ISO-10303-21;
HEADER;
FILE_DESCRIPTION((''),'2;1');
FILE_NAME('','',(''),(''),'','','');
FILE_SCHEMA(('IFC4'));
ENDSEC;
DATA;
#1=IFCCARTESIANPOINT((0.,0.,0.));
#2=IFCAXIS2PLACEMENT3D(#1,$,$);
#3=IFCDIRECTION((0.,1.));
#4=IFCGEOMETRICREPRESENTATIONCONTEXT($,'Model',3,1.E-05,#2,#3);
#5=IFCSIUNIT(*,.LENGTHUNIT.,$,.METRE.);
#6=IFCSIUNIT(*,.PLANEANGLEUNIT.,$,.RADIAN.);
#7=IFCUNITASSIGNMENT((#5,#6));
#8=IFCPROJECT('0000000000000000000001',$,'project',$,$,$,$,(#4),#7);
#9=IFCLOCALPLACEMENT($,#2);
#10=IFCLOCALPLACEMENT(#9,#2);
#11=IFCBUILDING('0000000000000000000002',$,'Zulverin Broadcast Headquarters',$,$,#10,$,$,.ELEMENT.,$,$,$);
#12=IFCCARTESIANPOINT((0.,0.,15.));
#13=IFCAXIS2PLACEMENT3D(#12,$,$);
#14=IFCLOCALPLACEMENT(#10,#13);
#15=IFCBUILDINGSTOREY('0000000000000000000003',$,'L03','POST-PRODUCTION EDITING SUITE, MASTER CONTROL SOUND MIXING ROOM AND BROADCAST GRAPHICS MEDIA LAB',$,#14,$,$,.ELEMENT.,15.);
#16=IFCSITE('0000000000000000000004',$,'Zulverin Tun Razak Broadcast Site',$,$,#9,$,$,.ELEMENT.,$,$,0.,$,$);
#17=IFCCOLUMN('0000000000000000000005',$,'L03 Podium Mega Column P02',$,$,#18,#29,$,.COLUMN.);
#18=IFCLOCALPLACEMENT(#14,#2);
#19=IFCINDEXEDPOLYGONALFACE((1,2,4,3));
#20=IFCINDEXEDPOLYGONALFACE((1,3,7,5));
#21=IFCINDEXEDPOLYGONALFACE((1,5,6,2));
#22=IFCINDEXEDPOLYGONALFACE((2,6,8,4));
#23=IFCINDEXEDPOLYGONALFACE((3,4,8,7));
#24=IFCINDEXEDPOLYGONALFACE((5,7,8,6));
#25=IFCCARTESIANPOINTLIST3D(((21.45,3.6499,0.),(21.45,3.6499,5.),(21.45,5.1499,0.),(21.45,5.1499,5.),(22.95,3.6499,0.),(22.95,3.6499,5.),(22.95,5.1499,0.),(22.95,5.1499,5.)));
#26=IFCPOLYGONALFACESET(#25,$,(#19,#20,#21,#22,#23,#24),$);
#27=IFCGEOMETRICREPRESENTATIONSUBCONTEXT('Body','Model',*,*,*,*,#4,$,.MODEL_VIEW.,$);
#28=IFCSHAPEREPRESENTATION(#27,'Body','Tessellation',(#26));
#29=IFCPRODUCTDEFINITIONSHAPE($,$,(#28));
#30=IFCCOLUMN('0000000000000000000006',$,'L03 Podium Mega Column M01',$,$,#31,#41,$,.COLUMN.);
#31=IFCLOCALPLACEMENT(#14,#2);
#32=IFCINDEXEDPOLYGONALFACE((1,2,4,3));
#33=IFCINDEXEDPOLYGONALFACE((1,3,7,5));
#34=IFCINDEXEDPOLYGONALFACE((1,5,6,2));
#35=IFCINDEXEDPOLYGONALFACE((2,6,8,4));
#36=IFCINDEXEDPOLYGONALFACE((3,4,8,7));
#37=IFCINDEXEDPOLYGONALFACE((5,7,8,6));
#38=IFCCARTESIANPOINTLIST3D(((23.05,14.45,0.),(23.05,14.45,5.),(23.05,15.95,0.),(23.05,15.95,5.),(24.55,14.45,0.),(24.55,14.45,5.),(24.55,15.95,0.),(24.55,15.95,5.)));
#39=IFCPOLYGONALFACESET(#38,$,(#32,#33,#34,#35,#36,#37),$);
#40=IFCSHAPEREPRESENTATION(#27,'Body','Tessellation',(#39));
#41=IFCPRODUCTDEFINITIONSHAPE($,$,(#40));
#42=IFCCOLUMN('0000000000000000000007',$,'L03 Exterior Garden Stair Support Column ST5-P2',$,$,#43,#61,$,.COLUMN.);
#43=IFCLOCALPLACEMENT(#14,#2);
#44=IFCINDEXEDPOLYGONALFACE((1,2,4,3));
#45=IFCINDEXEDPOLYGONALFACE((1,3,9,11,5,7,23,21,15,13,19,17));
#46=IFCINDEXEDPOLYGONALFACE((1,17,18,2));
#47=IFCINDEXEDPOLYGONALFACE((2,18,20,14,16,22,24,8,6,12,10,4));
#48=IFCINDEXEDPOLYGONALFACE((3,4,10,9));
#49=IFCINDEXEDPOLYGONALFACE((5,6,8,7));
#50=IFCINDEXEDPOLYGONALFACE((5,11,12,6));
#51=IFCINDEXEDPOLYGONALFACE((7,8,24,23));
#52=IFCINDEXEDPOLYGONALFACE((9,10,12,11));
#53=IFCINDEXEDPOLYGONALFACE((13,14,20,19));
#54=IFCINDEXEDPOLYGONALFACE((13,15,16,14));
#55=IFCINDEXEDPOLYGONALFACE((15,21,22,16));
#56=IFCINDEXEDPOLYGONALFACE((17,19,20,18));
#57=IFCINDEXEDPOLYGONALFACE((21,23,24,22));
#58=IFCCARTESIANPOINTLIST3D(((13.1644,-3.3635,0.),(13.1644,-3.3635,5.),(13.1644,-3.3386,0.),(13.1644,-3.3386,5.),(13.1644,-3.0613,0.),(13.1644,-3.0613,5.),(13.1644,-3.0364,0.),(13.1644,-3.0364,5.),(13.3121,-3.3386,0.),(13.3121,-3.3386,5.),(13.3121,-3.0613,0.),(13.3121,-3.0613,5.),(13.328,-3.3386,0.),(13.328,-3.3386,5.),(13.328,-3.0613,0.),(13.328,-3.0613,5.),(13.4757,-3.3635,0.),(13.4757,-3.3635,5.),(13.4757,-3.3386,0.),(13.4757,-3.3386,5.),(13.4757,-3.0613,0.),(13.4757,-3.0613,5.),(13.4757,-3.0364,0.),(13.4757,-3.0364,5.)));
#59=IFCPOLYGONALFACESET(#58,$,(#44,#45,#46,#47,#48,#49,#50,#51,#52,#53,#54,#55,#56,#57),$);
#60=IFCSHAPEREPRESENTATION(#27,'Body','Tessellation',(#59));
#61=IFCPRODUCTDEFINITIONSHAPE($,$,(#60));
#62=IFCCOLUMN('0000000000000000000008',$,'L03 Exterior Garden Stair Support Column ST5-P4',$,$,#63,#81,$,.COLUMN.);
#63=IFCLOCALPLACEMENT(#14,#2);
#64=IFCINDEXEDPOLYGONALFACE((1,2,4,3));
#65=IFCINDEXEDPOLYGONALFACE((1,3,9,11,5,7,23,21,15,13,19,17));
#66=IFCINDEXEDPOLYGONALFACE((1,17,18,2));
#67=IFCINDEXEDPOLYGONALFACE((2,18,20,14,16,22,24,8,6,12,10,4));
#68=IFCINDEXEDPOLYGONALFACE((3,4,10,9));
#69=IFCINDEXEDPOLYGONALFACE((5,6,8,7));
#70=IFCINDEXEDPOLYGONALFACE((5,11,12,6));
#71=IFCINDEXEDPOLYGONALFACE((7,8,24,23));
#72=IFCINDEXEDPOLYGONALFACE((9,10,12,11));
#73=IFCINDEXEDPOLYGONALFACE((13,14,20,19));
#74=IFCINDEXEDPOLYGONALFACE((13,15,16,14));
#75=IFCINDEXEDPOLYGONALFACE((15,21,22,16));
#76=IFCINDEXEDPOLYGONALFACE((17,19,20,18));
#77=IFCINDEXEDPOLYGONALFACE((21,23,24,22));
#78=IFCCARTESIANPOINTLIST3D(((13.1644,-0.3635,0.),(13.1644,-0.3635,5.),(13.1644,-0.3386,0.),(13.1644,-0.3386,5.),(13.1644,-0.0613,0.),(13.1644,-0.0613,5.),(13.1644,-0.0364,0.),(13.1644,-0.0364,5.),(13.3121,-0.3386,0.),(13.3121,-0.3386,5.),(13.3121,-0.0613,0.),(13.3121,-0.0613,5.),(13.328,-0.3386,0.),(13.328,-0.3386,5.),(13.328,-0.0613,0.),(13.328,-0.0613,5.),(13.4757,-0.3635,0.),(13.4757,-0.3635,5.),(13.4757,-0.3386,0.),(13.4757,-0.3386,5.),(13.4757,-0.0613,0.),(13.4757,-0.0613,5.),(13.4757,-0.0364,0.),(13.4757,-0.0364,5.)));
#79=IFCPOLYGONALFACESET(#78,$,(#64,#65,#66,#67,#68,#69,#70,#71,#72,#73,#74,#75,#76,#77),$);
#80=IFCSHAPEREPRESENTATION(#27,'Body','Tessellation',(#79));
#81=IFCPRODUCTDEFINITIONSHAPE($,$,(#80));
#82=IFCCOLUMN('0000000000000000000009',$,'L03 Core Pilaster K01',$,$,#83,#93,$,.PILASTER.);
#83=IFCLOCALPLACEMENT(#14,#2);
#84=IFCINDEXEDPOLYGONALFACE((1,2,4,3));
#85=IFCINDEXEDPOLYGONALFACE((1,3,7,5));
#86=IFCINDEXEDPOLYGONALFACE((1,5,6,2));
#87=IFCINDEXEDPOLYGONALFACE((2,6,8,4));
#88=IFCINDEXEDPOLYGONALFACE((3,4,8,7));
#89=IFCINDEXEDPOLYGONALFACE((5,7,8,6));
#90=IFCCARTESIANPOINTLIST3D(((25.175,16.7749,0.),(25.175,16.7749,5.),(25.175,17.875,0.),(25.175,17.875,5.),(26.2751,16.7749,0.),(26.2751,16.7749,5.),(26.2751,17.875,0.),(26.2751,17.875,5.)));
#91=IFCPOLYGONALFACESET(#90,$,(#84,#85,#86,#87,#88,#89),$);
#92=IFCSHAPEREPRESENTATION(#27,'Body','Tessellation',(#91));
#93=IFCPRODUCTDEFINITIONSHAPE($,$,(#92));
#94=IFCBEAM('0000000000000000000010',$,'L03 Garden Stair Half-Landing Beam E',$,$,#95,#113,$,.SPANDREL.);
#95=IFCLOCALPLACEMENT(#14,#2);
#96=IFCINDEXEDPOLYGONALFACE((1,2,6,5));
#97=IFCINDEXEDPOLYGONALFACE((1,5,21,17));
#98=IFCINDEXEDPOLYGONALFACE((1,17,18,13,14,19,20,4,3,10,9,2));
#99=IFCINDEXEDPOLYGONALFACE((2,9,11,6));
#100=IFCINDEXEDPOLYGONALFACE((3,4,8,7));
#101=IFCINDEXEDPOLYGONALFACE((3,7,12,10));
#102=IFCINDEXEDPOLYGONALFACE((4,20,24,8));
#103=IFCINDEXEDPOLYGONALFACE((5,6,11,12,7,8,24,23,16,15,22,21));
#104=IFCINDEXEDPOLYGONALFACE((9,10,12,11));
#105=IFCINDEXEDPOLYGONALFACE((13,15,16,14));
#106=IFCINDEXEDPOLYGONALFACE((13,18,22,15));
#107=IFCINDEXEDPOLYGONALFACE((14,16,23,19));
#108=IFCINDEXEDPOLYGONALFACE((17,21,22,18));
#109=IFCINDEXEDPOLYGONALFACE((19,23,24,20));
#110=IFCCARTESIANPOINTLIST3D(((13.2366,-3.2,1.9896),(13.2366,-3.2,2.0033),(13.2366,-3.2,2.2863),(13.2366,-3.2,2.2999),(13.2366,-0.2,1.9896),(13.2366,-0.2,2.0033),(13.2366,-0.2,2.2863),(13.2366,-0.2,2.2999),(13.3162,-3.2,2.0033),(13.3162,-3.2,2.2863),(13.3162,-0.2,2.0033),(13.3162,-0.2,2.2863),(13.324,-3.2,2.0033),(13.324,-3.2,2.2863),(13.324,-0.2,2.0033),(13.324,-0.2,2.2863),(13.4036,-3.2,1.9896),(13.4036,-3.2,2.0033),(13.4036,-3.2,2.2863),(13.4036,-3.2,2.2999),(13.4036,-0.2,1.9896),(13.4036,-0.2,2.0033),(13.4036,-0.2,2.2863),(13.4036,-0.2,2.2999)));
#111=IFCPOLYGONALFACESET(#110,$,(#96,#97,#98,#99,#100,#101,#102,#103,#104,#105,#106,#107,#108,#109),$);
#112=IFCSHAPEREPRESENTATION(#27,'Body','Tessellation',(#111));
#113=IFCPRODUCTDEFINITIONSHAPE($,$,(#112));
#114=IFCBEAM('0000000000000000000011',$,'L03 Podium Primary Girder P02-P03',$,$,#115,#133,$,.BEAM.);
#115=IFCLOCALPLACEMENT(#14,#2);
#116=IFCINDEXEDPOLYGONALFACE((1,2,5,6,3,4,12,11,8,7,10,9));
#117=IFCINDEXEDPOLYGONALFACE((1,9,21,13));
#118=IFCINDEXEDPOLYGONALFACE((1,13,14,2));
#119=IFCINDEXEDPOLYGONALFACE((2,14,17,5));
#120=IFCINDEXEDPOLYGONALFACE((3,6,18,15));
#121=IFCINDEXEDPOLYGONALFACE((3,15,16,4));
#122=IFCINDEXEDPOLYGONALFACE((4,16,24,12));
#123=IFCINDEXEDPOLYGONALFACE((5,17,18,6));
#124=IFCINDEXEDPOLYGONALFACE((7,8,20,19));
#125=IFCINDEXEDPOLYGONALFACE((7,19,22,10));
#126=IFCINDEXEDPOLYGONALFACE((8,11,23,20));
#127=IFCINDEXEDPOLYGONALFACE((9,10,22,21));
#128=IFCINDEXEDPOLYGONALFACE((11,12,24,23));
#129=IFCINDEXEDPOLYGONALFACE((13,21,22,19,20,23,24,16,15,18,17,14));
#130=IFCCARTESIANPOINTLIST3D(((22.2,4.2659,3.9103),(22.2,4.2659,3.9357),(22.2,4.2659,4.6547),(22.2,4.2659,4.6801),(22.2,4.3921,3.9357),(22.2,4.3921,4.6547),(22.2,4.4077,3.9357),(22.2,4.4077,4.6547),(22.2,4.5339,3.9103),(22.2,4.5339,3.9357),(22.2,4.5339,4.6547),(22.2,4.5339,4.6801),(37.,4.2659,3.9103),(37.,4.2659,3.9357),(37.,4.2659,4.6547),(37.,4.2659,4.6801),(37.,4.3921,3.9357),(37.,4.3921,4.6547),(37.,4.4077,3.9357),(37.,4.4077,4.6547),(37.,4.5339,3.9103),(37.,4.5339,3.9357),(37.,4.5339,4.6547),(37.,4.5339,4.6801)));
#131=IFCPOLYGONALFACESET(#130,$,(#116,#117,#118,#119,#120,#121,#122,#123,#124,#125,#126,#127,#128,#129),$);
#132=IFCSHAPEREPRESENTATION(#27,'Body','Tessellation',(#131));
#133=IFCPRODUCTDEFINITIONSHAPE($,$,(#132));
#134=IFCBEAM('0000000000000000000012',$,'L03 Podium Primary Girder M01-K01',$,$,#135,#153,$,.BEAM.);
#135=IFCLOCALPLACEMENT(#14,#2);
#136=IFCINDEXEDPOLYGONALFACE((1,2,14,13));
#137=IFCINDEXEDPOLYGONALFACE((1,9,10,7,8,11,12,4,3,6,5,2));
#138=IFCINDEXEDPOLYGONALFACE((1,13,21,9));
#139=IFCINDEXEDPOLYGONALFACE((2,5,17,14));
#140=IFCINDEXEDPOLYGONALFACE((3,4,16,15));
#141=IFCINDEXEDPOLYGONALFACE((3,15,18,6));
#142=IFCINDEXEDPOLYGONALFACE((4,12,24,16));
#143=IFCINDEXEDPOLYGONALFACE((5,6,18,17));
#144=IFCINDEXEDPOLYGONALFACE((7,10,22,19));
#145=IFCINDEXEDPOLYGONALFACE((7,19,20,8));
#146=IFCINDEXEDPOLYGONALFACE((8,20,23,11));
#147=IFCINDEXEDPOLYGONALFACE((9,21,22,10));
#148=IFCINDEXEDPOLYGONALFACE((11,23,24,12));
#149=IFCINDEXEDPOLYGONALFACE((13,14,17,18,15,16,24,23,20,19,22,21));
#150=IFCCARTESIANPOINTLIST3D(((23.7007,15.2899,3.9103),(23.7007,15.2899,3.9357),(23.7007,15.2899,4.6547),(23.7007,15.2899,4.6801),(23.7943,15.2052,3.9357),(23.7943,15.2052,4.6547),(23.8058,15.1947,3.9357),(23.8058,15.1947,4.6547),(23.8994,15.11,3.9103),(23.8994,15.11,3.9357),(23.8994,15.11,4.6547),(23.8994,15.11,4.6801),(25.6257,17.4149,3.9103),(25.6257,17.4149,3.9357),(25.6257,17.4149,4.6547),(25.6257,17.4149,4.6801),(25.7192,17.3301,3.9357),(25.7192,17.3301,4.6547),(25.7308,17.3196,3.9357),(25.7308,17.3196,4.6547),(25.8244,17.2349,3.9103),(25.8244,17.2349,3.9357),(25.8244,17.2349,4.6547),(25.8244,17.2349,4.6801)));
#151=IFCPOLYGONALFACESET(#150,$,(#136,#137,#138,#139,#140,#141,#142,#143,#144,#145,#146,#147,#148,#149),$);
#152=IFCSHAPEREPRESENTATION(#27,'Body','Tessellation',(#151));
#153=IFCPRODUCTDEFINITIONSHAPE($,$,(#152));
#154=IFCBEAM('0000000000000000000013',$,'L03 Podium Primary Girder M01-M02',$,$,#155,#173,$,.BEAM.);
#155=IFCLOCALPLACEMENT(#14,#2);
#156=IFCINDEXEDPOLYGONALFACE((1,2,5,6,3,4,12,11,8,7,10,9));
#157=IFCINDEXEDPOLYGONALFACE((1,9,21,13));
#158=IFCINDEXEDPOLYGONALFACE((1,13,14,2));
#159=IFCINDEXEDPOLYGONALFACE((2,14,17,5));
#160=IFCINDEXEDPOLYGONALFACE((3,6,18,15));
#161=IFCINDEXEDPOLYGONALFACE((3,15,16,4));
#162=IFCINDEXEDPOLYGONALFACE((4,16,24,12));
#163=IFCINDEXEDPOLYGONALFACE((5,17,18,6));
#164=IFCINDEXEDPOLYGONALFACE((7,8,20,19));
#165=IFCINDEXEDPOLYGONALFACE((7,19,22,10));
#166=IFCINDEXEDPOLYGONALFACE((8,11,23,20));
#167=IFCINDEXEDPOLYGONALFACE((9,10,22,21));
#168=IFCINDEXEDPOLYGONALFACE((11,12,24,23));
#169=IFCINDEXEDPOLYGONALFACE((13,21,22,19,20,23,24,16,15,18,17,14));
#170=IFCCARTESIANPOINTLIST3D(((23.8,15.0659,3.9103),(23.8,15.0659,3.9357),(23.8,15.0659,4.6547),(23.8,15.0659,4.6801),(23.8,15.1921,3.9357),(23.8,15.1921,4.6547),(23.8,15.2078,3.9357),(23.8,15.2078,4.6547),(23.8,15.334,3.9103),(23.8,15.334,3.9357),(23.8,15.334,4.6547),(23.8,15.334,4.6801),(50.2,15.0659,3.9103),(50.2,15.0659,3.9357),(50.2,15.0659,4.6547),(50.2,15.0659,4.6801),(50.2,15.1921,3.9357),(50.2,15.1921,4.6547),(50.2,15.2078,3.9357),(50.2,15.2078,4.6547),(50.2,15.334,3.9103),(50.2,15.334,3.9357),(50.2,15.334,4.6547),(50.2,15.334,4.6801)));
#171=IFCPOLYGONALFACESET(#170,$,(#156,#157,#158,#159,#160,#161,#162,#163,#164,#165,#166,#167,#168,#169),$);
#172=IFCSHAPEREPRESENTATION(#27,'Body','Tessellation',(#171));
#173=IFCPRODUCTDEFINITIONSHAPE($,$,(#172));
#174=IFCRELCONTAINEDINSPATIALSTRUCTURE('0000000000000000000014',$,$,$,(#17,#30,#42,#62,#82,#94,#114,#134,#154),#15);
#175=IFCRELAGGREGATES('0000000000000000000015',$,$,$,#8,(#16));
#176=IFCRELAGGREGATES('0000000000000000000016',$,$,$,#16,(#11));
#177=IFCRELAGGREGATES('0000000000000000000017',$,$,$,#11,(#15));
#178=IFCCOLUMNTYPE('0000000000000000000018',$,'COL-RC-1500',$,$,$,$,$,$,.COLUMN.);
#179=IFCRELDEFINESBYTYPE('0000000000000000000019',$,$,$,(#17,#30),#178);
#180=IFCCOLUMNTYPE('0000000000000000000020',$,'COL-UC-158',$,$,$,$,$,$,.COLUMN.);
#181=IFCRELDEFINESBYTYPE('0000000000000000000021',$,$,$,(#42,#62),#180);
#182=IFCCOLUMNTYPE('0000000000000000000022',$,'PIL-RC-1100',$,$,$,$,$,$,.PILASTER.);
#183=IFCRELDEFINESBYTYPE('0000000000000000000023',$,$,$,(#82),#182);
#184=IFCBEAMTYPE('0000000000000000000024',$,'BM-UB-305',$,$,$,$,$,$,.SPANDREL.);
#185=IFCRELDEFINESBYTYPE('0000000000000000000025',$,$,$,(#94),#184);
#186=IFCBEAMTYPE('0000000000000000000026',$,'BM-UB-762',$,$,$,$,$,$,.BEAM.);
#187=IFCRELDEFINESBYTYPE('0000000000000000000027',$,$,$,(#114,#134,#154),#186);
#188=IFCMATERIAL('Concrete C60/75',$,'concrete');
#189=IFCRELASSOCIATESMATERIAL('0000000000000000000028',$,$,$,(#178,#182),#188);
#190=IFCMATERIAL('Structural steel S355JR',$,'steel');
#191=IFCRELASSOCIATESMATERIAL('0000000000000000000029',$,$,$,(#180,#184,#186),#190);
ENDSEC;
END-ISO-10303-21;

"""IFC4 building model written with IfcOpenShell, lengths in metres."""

from ifc_helpers import new_model, si_unit, direction, frame, origin, origin_2d, place, context, subcontext, project, spatial, rectangle, i_section, extrude, material, material_profile, profile_set, type_object, element, save


model = new_model("IFC4")

# Units and contexts
model_context = context("Model", 3, precision=1e-05, world=origin(), true_north=direction((0.0, 1.0)))
body_context = subcontext(model_context, "Body", "Model", "MODEL_VIEW")
ifc_project = project(units=[si_unit("LENGTHUNIT", "METRE"), si_unit("PLANEANGLEUNIT", "RADIAN")], contexts=[model_context])

# Site, building, storey
site_placement = place(None, origin())
site = spatial("IfcSite", under=ifc_project, at=site_placement, Name="Zulverin Tun Razak Broadcast Site", CompositionType="ELEMENT", RefElevation=0.0)
building_placement = place(site_placement, origin())
building = spatial("IfcBuilding", under=site, at=building_placement, Name="Zulverin Broadcast Headquarters", CompositionType="ELEMENT")
storey_placement = place(building_placement, frame((0.0, 0.0, 15.0)))
storey = spatial("IfcBuildingStorey", under=building, at=storey_placement, Name="L03", Description="POST-PRODUCTION EDITING SUITE, MASTER CONTROL SOUND MIXING ROOM AND BROADCAST GRAPHICS MEDIA LAB", CompositionType="ELEMENT", Elevation=15.0)

# Columns
ifc_material_1 = material(Name="Concrete C60/75", Category="concrete")
ifc_material_profile_1 = material_profile(ifc_material_1, rectangle(XDim=1.5, YDim=1.5, at=origin_2d()), Name="Concrete C60/75", Category="concrete")
ifc_profile_set_1 = profile_set([ifc_material_profile_1], Name="Concrete C60/75")
column_type_1 = type_object("IfcColumnType", Name="COL-RC-1500", PredefinedType="COLUMN", material=ifc_profile_set_1)
for number, where, z_axis, x_axis, name in (
    (1, (22.2, 4.3999, 0.0), (0.0, 0.0, 1.0), (1.0, 0.0, 0.0), "L03 Podium Mega Column P02"),
    (2, (23.8, 15.2, 0.0), (0.0, 0.0, 1.0), (1.0, 0.0, 0.0), "L03 Podium Mega Column M01"),
):
    element("IfcColumn", number, at=place(storey_placement, frame(where, z_axis=z_axis, x_axis=x_axis)), inside=storey, type_object=column_type_1, Name=name, PredefinedType="COLUMN", context=body_context, shape_type="SweptSolid", body=[
        extrude(rectangle(XDim=1.5, YDim=1.5, at=origin_2d()), origin(), (0.0, 0.0, 1.0), 5.0),
    ])
ifc_material_2 = material(Name="Structural steel S355JR", Category="steel")
ifc_material_profile_2 = material_profile(ifc_material_2, i_section(OverallWidth=0.3113, OverallDepth=0.3271, WebThickness=0.0159, FlangeThickness=0.0249, at=origin_2d()), Name="Structural steel S355JR", Category="steel")
ifc_profile_set_2 = profile_set([ifc_material_profile_2], Name="Structural steel S355JR")
column_type_2 = type_object("IfcColumnType", Name="COL-UC-158", PredefinedType="COLUMN", material=ifc_profile_set_2)
for number, where, z_axis, x_axis, name in (
    (3, (13.3201, -3.2, 0.0), (0.0, 0.0, 1.0), (1.0, 0.0, 0.0), "L03 Exterior Garden Stair Support Column ST5-P2"),
    (4, (13.3201, -0.2, 0.0), (0.0, 0.0, 1.0), (1.0, 0.0, 0.0), "L03 Exterior Garden Stair Support Column ST5-P4"),
):
    element("IfcColumn", number, at=place(storey_placement, frame(where, z_axis=z_axis, x_axis=x_axis)), inside=storey, type_object=column_type_2, Name=name, PredefinedType="COLUMN", context=body_context, shape_type="SweptSolid", body=[
        extrude(i_section(OverallWidth=0.3113, OverallDepth=0.3271, WebThickness=0.0159, FlangeThickness=0.0249, at=origin_2d()), origin(), (0.0, 0.0, 1.0), 5.0),
    ])
ifc_material_profile_3 = material_profile(ifc_material_1, rectangle(XDim=1.1001, YDim=1.1001, at=origin_2d()), Name="Concrete C60/75", Category="concrete")
ifc_profile_set_3 = profile_set([ifc_material_profile_3], Name="Concrete C60/75")
column_type_3 = type_object("IfcColumnType", Name="PIL-RC-1100", PredefinedType="PILASTER", material=ifc_profile_set_3)
column_placement = place(storey_placement, frame((25.7251, 17.325, 0.0), z_axis=(0.0, 0.0, 1.0), x_axis=(1.0, 0.0, 0.0)))
element("IfcColumn", 5, at=column_placement, inside=storey, type_object=column_type_3, Name="L03 Core Pilaster K01", PredefinedType="PILASTER", context=body_context, shape_type="SweptSolid", body=[
    extrude(rectangle(XDim=1.1001, YDim=1.1001, at=origin_2d()), origin(), (0.0, 0.0, 1.0), 5.0),
])

# Beams
ifc_material_profile_4 = material_profile(ifc_material_2, i_section(OverallWidth=0.167, OverallDepth=0.3103, WebThickness=0.0078, FlangeThickness=0.0137, at=origin_2d()), Name="Structural steel S355JR", Category="steel")
ifc_profile_set_4 = profile_set([ifc_material_profile_4], Name="Structural steel S355JR")
beam_type_1 = type_object("IfcBeamType", Name="BM-UB-305", PredefinedType="SPANDREL", material=ifc_profile_set_4)
beam_1_placement = place(storey_placement, frame((13.3201, -3.2, 2.1448), z_axis=(0.0, 1.0, 0.0), x_axis=(-1.0, 0.0, 0.0)))
element("IfcBeam", 6, at=beam_1_placement, inside=storey, type_object=beam_type_1, Name="L03 Garden Stair Half-Landing Beam E", PredefinedType="SPANDREL", context=body_context, shape_type="SweptSolid", body=[
    extrude(i_section(OverallWidth=0.167, OverallDepth=0.3103, WebThickness=0.0078, FlangeThickness=0.0137, at=origin_2d()), origin(), (0.0, 0.0, 1.0), 3.0),
])
ifc_material_profile_5 = material_profile(ifc_material_2, i_section(OverallWidth=0.2681, OverallDepth=0.7698, WebThickness=0.0156, FlangeThickness=0.0254, at=origin_2d()), Name="Structural steel S355JR", Category="steel")
ifc_profile_set_5 = profile_set([ifc_material_profile_5], Name="Structural steel S355JR")
beam_type_2 = type_object("IfcBeamType", Name="BM-UB-762", PredefinedType="BEAM", material=ifc_profile_set_5)
beam_2_placement = place(storey_placement, frame((22.2, 4.3999, 4.2952), z_axis=(1.0, 0.0, 0.0), x_axis=(0.0, 1.0, 0.0)))
element("IfcBeam", 7, at=beam_2_placement, inside=storey, type_object=beam_type_2, Name="L03 Podium Primary Girder P02-P03", PredefinedType="BEAM", context=body_context, shape_type="SweptSolid", body=[
    extrude(i_section(OverallWidth=0.2681, OverallDepth=0.7698, WebThickness=0.0156, FlangeThickness=0.0254, at=origin_2d()), origin(), (0.0, 0.0, 1.0), 14.8),
])
beam_3_placement = place(storey_placement, frame((23.8, 15.2, 4.2952), z_axis=(0.671379, 0.741114, 0.0), x_axis=(-0.741114, 0.671379, 0.0)))
element("IfcBeam", 8, at=beam_3_placement, inside=storey, type_object=beam_type_2, Name="L03 Podium Primary Girder M01-K01", PredefinedType="BEAM", context=body_context, shape_type="SweptSolid", body=[
    extrude(i_section(OverallWidth=0.2681, OverallDepth=0.7698, WebThickness=0.0156, FlangeThickness=0.0254, at=origin_2d()), origin(), (0.0, 0.0, 1.0), 2.8672),
])
beam_4_placement = place(storey_placement, frame((23.8, 15.2, 4.2952), z_axis=(1.0, 0.0, 0.0), x_axis=(0.0, 1.0, 0.0)))
element("IfcBeam", 9, at=beam_4_placement, inside=storey, type_object=beam_type_2, Name="L03 Podium Primary Girder M01-M02", PredefinedType="BEAM", context=body_context, shape_type="SweptSolid", body=[
    extrude(i_section(OverallWidth=0.2681, OverallDepth=0.7698, WebThickness=0.0156, FlangeThickness=0.0254, at=origin_2d()), origin(), (0.0, 0.0, 1.0), 26.3999),
])

save(model, "model.ifc")
